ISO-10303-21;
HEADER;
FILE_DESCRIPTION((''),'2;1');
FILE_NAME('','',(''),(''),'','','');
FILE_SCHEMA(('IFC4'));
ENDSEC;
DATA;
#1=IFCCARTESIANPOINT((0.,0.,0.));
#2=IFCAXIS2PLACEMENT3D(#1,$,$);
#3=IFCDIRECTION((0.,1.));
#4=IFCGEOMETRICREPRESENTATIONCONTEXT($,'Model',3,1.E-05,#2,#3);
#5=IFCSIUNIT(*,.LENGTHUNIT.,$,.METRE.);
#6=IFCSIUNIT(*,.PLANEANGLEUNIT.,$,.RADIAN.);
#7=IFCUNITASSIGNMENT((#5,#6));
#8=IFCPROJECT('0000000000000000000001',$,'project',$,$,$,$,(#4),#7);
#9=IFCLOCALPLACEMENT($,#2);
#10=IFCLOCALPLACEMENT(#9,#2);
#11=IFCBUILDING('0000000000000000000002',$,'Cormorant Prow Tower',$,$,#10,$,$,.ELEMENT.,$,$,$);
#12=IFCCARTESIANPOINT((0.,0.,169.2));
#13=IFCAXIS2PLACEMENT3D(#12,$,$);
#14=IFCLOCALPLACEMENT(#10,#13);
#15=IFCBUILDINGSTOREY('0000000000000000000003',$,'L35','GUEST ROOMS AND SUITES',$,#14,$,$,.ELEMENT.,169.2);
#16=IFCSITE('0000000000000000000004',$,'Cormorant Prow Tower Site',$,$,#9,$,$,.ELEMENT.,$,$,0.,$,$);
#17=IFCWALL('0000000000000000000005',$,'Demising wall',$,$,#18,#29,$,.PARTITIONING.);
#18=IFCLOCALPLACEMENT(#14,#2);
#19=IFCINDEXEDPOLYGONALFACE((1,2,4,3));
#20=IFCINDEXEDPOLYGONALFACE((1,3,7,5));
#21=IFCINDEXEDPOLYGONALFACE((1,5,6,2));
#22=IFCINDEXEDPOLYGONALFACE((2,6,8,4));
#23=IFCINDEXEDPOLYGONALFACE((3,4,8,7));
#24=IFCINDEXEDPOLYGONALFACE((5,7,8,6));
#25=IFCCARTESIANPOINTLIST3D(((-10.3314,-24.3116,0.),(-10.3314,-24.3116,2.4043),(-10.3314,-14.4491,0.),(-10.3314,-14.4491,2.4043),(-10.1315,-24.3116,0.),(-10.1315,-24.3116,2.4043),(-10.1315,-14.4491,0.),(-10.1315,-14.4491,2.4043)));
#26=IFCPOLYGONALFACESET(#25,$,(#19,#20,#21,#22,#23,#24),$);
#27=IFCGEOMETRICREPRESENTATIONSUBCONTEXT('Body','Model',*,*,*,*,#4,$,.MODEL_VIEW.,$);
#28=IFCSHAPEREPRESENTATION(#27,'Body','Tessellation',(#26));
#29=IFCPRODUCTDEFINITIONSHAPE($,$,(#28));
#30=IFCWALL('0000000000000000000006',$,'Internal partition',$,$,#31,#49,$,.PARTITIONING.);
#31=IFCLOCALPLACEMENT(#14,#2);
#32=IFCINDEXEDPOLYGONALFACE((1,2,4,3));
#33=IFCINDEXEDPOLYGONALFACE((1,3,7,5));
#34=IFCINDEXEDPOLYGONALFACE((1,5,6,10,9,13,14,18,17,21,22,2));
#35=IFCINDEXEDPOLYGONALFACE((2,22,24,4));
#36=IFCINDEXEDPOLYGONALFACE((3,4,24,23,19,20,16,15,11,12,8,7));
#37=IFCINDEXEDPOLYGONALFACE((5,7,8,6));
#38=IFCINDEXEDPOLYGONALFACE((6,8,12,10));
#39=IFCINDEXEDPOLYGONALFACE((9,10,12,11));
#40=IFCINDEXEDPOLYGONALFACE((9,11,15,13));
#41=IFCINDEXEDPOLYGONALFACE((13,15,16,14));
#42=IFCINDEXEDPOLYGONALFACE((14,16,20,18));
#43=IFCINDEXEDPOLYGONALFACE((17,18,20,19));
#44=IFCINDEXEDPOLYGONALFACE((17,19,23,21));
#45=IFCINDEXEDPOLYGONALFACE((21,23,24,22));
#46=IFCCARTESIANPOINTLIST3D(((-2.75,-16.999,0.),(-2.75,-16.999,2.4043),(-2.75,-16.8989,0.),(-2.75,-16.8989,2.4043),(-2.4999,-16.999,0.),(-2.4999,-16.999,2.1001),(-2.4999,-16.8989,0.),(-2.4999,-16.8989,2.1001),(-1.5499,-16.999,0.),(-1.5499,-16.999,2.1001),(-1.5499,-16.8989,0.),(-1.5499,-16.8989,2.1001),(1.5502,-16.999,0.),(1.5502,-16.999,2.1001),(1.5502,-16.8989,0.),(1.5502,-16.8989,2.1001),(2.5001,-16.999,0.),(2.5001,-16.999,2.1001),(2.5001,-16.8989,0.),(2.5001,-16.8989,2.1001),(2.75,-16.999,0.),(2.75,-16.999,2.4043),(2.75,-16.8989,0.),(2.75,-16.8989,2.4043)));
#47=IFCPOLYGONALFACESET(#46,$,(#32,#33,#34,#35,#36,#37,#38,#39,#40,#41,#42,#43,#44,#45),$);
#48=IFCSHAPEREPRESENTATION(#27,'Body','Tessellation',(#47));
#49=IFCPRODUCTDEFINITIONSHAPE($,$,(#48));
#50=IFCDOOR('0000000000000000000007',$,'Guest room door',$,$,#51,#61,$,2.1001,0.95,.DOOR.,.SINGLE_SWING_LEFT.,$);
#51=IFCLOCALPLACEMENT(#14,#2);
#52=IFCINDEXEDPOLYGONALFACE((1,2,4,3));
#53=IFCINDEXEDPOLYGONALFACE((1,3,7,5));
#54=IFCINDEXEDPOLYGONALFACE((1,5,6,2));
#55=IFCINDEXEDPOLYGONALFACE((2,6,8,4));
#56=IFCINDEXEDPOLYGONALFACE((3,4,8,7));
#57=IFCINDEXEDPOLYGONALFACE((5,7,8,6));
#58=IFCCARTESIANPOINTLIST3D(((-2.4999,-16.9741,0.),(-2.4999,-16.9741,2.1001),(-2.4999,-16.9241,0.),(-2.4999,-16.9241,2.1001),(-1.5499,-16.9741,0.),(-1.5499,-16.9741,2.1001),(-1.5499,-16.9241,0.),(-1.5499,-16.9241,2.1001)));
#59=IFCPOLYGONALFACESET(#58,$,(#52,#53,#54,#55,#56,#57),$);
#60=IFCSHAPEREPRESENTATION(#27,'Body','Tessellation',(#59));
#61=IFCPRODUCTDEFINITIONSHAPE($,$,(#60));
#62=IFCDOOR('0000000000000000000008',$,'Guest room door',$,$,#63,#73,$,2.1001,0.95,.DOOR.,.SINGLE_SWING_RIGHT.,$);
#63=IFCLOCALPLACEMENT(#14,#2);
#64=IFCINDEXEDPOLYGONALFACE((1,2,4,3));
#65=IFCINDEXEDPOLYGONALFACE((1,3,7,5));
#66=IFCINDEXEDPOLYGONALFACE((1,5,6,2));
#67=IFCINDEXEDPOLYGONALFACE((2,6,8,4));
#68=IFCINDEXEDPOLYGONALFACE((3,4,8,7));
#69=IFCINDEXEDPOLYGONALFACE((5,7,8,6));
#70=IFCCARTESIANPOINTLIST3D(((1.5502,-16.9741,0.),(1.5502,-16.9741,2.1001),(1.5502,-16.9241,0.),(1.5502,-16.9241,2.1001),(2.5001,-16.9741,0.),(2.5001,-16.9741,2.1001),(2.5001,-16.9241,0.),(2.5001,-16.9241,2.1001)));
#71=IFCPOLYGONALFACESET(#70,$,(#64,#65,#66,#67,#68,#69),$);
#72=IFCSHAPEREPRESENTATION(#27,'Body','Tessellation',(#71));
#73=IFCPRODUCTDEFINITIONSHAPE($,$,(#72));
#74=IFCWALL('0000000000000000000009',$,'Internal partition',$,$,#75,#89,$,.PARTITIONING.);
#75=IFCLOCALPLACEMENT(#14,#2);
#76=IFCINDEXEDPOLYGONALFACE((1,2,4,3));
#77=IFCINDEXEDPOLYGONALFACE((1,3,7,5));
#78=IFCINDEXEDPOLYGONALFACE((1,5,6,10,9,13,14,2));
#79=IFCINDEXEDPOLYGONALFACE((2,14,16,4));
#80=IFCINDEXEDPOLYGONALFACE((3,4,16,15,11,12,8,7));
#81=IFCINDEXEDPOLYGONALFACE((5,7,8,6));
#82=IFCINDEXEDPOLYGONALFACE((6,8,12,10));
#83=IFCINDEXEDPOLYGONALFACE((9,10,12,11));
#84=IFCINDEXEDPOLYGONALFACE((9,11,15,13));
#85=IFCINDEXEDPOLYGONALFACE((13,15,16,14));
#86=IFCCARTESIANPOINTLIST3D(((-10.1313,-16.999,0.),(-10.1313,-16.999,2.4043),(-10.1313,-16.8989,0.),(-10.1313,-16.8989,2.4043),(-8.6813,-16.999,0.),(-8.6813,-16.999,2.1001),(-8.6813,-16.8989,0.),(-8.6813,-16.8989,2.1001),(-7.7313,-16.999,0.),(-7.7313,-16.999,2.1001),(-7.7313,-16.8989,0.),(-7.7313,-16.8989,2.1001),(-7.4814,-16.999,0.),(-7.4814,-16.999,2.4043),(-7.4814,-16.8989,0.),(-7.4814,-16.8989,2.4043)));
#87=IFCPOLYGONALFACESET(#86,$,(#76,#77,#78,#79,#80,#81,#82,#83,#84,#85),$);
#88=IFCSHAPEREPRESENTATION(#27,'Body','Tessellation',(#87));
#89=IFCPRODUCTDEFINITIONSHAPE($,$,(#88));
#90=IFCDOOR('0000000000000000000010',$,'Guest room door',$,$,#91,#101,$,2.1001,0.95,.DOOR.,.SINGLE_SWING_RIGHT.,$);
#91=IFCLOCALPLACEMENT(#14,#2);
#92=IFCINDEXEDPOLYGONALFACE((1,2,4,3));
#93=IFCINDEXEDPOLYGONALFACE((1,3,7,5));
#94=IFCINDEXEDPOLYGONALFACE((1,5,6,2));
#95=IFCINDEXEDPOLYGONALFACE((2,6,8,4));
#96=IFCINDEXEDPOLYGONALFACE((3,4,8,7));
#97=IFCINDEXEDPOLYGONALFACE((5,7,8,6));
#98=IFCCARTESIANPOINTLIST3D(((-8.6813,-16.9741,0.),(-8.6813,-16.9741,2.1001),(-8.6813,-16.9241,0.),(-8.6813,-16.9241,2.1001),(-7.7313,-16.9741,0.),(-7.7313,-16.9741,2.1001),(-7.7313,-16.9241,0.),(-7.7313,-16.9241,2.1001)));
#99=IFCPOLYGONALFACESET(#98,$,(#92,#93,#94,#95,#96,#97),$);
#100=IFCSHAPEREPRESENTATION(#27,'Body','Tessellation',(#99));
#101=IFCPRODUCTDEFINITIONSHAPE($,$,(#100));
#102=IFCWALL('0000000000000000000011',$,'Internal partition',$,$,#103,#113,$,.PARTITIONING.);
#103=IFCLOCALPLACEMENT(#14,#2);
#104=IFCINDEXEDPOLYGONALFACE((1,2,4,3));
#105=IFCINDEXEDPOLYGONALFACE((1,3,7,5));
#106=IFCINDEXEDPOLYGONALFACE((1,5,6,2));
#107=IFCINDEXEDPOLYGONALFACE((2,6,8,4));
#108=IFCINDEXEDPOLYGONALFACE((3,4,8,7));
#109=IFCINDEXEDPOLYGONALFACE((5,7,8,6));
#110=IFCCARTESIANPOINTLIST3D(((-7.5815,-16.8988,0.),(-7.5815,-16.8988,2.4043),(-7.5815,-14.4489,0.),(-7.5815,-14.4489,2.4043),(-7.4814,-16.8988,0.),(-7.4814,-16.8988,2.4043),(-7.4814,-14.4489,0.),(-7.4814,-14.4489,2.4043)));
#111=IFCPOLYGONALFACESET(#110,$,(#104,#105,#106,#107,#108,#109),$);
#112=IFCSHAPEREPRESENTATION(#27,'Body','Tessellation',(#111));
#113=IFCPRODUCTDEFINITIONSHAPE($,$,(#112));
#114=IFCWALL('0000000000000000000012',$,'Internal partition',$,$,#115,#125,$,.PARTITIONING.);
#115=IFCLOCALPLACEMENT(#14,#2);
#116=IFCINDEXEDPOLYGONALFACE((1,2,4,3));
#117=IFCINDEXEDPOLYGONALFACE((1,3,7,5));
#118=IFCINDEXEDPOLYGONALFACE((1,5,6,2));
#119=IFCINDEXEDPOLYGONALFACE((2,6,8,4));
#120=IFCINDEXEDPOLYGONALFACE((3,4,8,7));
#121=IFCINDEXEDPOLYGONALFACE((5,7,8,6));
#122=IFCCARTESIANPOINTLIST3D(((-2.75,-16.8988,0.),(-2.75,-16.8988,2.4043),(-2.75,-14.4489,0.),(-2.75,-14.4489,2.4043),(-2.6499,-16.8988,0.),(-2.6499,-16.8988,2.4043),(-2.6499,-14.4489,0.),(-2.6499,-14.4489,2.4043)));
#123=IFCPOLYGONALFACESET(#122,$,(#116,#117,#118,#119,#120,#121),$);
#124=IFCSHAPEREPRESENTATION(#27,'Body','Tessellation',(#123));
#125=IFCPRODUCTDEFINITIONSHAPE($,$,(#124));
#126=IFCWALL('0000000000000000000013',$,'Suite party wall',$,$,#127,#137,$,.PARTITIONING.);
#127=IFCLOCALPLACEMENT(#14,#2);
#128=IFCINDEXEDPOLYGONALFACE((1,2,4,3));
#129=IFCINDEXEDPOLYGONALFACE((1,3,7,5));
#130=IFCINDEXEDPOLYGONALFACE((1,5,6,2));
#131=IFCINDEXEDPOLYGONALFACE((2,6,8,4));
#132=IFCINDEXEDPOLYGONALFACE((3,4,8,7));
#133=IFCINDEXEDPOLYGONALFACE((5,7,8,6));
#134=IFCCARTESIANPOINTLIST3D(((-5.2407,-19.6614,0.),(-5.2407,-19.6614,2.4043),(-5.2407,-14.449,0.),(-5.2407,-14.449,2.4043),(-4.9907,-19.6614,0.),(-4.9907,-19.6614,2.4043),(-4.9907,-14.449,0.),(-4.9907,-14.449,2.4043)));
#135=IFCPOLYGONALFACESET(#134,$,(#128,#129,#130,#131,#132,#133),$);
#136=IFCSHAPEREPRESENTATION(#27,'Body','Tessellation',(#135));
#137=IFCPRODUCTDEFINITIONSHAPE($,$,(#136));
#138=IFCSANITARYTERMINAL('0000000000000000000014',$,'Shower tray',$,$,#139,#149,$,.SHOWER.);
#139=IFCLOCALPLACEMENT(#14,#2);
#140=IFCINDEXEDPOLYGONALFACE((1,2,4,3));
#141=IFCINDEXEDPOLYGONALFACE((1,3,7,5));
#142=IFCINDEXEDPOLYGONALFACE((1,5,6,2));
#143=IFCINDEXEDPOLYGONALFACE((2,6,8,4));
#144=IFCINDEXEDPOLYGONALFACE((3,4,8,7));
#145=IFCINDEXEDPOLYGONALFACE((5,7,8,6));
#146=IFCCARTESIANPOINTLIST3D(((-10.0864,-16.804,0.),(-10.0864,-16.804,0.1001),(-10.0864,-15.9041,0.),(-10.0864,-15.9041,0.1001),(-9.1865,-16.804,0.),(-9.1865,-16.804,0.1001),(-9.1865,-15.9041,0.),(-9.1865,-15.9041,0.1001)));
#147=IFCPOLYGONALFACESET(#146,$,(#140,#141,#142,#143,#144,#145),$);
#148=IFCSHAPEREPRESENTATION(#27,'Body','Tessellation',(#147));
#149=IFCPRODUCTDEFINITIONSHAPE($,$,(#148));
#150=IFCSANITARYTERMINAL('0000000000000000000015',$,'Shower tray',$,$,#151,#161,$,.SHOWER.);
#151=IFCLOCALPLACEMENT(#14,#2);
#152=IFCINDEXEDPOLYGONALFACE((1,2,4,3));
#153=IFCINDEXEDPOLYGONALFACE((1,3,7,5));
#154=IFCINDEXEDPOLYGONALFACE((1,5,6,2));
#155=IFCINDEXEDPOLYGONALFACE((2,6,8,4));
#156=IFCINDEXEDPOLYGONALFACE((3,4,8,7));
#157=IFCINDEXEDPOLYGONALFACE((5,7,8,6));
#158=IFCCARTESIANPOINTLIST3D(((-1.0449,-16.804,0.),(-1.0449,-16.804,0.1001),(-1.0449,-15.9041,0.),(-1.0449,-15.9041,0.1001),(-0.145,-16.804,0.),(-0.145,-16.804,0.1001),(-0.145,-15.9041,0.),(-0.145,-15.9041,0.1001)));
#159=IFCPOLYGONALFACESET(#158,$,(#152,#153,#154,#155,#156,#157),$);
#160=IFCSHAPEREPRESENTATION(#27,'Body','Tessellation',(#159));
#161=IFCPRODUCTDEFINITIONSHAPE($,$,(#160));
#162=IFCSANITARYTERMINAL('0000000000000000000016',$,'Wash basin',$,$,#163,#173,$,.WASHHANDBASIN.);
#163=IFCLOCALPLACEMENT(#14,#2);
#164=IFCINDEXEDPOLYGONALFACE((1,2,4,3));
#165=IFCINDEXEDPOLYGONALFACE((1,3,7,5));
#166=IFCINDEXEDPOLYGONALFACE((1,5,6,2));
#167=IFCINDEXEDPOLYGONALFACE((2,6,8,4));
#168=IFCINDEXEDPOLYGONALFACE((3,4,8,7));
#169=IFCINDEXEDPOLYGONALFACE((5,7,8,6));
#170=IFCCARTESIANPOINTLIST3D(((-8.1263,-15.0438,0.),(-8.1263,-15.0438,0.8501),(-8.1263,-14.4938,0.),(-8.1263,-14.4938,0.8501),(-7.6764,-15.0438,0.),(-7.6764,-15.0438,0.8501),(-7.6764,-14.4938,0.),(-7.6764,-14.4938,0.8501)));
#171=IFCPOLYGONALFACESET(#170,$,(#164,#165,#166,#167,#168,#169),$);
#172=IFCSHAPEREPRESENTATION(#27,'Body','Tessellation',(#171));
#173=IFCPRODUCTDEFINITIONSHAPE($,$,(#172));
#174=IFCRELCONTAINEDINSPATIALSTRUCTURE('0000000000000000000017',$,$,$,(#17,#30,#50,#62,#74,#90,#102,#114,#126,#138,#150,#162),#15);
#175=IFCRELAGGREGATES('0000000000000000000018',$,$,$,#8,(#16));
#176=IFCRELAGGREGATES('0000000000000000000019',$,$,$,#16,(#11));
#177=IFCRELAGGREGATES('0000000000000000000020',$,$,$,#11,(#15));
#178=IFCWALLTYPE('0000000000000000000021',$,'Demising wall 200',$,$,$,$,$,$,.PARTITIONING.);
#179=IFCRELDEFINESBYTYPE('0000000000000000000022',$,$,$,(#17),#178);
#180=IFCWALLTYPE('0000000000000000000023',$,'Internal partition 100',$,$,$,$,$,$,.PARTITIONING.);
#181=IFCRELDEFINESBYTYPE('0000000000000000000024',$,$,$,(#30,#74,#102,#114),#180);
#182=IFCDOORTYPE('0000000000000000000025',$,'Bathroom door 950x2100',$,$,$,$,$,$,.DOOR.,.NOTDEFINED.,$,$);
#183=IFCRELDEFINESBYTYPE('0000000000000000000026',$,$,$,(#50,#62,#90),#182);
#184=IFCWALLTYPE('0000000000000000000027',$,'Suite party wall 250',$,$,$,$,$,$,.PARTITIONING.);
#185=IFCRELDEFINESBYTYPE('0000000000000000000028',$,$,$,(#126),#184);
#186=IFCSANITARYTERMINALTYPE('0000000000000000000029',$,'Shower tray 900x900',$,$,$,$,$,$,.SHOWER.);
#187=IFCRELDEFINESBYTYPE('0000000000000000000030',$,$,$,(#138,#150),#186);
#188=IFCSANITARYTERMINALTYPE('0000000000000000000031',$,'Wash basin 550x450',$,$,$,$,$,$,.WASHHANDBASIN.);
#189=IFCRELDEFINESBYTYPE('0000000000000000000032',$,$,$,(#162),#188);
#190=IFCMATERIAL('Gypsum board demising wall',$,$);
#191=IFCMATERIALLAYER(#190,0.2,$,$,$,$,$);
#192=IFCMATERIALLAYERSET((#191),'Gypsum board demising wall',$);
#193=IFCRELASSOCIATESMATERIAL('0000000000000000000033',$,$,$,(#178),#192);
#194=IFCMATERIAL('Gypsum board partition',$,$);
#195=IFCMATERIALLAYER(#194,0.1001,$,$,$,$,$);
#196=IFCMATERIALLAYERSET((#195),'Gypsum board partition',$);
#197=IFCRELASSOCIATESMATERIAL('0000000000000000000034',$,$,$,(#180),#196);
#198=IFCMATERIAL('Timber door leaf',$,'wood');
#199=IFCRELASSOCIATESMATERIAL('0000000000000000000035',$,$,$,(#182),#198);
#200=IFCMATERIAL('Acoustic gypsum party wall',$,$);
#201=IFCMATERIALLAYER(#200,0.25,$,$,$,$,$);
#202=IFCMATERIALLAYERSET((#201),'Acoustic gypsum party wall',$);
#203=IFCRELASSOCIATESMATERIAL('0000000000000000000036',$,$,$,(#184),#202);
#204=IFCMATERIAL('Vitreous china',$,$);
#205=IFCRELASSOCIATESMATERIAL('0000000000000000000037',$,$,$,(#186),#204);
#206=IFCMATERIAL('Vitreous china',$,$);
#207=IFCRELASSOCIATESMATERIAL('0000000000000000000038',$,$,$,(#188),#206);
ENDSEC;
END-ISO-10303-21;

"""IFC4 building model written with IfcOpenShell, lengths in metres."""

from ifc_helpers import new_model, si_unit, direction, frame, frame_2d, origin, origin_2d, place, context, subcontext, project, spatial, rectangle, extrude, material, layer, layer_set, type_object, element, fill, save


model = new_model("IFC4")

# Units and contexts
model_context = context("Model", 3, precision=1e-05, world=origin(), true_north=direction((0.0, 1.0)))
body_context = subcontext(model_context, "Body", "Model", "MODEL_VIEW")
ifc_project = project(units=[si_unit("LENGTHUNIT", "METRE"), si_unit("PLANEANGLEUNIT", "RADIAN")], contexts=[model_context])

# Site, building, storey
site_placement = place(None, origin())
site = spatial("IfcSite", under=ifc_project, at=site_placement, Name="Cormorant Prow Tower Site", CompositionType="ELEMENT", RefElevation=0.0)
building_placement = place(site_placement, origin())
building = spatial("IfcBuilding", under=site, at=building_placement, Name="Cormorant Prow Tower", CompositionType="ELEMENT")
storey_placement = place(building_placement, frame((0.0, 0.0, 169.2)))
storey = spatial("IfcBuildingStorey", under=building, at=storey_placement, Name="L35", Description="GUEST ROOMS AND SUITES", CompositionType="ELEMENT", Elevation=169.2)

# Wall
ifc_material_1 = material(Name="Gypsum board demising wall")
ifc_layer_1 = layer(ifc_material_1, 0.2)
ifc_layer_set_1 = layer_set([ifc_layer_1], Name="Gypsum board demising wall")
wall_type_1 = type_object("IfcWallType", Name="Demising wall 200", PredefinedType="PARTITIONING", material=ifc_layer_set_1)
wall_1_placement = place(storey_placement, frame((-10.2314, -24.3115, 0.0), z_axis=(0.0, 0.0, 1.0), x_axis=(0.0, 1.0, 0.0)))
element("IfcWall", 1, at=wall_1_placement, inside=storey, type_object=wall_type_1, Name="Demising wall", PredefinedType="PARTITIONING", context=body_context, shape_type="SweptSolid", body=[
    extrude(rectangle(XDim=9.8625, YDim=0.2, at=frame_2d((4.9312, 0.0))), origin(), (0.0, 0.0, 1.0), 2.4043),
])

# Wall, openings, doors
ifc_material_2 = material(Name="Gypsum board partition")
ifc_layer_2 = layer(ifc_material_2, 0.1001)
ifc_layer_set_2 = layer_set([ifc_layer_2], Name="Gypsum board partition")
wall_type_2 = type_object("IfcWallType", Name="Internal partition 100", PredefinedType="PARTITIONING", material=ifc_layer_set_2)
wall_2_placement = place(storey_placement, frame((-2.75, -16.949, 0.0), z_axis=(0.0, 0.0, 1.0), x_axis=(1.0, 0.0, 0.0)))
wall_2 = element("IfcWall", 2, at=wall_2_placement, inside=storey, type_object=wall_type_2, Name="Internal partition", PredefinedType="PARTITIONING", context=body_context, shape_type="SweptSolid", body=[
    extrude(rectangle(XDim=5.5, YDim=0.1001, at=frame_2d((2.75, 0.0))), origin(), (0.0, 0.0, 1.0), 2.4043),
])
opening_1_placement = place(wall_2_placement, frame((0.25, 0.0, 0.0)))
opening_1 = element("IfcOpeningElement", 3, at=opening_1_placement, cuts=wall_2, PredefinedType="OPENING", context=body_context, shape_type="SweptSolid", body=[
    extrude(rectangle(XDim=0.95, YDim=2.1001, at=frame_2d((0.4751, 1.05))), frame((0.0, 0.0601, 0.0), z_axis=(0.0, -1.0, 0.0), x_axis=(1.0, 0.0, 0.0)), (0.0, 0.0, 1.0), 0.1201),
])
opening_2_placement = place(wall_2_placement, frame((4.3, 0.0, 0.0)))
opening_2 = element("IfcOpeningElement", 4, at=opening_2_placement, cuts=wall_2, PredefinedType="OPENING", context=body_context, shape_type="SweptSolid", body=[
    extrude(rectangle(XDim=0.95, YDim=2.1001, at=frame_2d((0.4751, 1.05))), frame((0.0, 0.0601, 0.0), z_axis=(0.0, -1.0, 0.0), x_axis=(1.0, 0.0, 0.0)), (0.0, 0.0, 1.0), 0.1201),
])
ifc_material_3 = material(Name="Timber door leaf", Category="wood")
door_type_1 = type_object("IfcDoorType", Name="Bathroom door 950x2100", OperationType="NOTDEFINED", PredefinedType="DOOR", material=ifc_material_3)
door_1_placement = place(opening_1_placement, origin())
door_1 = element("IfcDoor", 5, at=door_1_placement, inside=storey, type_object=door_type_1, Name="Guest room door", OperationType="SINGLE_SWING_LEFT", OverallHeight=2.1001, OverallWidth=0.95, PredefinedType="DOOR", context=body_context, shape_type="SweptSolid", body=[
    extrude(rectangle(XDim=0.95, YDim=2.1001, at=frame_2d((0.4751, 1.05))), frame((0.0, 0.0249, 0.0), z_axis=(0.0, -1.0, 0.0), x_axis=(1.0, 0.0, 0.0)), (0.0, 0.0, 1.0), 0.05),
])
fill(opening_1, door_1)
door_2_placement = place(opening_2_placement, origin())
door_2 = element("IfcDoor", 6, at=door_2_placement, inside=storey, type_object=door_type_1, Name="Guest room door", OperationType="SINGLE_SWING_RIGHT", OverallHeight=2.1001, OverallWidth=0.95, PredefinedType="DOOR", context=body_context, shape_type="SweptSolid", body=[
    extrude(rectangle(XDim=0.95, YDim=2.1001, at=frame_2d((0.4751, 1.05))), frame((0.0, 0.0249, 0.0), z_axis=(0.0, -1.0, 0.0), x_axis=(1.0, 0.0, 0.0)), (0.0, 0.0, 1.0), 0.05),
])
fill(opening_2, door_2)

# Wall, opening, door
wall_3_placement = place(storey_placement, frame((-10.1313, -16.949, 0.0), z_axis=(0.0, 0.0, 1.0), x_axis=(1.0, 0.0, 0.0)))
wall_3 = element("IfcWall", 7, at=wall_3_placement, inside=storey, type_object=wall_type_2, Name="Internal partition", PredefinedType="PARTITIONING", context=body_context, shape_type="SweptSolid", body=[
    extrude(rectangle(XDim=2.6499, YDim=0.1001, at=frame_2d((1.325, 0.0))), origin(), (0.0, 0.0, 1.0), 2.4043),
])
opening_3_placement = place(wall_3_placement, frame((1.45, 0.0, 0.0)))
opening_3 = element("IfcOpeningElement", 8, at=opening_3_placement, cuts=wall_3, PredefinedType="OPENING", context=body_context, shape_type="SweptSolid", body=[
    extrude(rectangle(XDim=0.95, YDim=2.1001, at=frame_2d((0.4751, 1.05))), frame((0.0, 0.0601, 0.0), z_axis=(0.0, -1.0, 0.0), x_axis=(1.0, 0.0, 0.0)), (0.0, 0.0, 1.0), 0.1201),
])
door_3_placement = place(opening_3_placement, origin())
door_3 = element("IfcDoor", 9, at=door_3_placement, inside=storey, type_object=door_type_1, Name="Guest room door", OperationType="SINGLE_SWING_RIGHT", OverallHeight=2.1001, OverallWidth=0.95, PredefinedType="DOOR", context=body_context, shape_type="SweptSolid", body=[
    extrude(rectangle(XDim=0.95, YDim=2.1001, at=frame_2d((0.4751, 1.05))), frame((0.0, 0.0249, 0.0), z_axis=(0.0, -1.0, 0.0), x_axis=(1.0, 0.0, 0.0)), (0.0, 0.0, 1.0), 0.05),
])
fill(opening_3, door_3)

# Walls
for number, where, z_axis, x_axis, name in (
    (10, (-7.5315, -16.8989, 0.0), (0.0, 0.0, 1.0), (0.0, 1.0, 0.0), "Internal partition"),
    (11, (-2.7, -16.8989, 0.0), (0.0, 0.0, 1.0), (0.0, 1.0, 0.0), "Internal partition"),
):
    element("IfcWall", number, at=place(storey_placement, frame(where, z_axis=z_axis, x_axis=x_axis)), inside=storey, type_object=wall_type_2, Name=name, PredefinedType="PARTITIONING", context=body_context, shape_type="SweptSolid", body=[
        extrude(rectangle(XDim=2.45, YDim=0.1001, at=frame_2d((1.2251, 0.0))), origin(), (0.0, 0.0, 1.0), 2.4043),
    ])
ifc_material_4 = material(Name="Acoustic gypsum party wall")
ifc_layer_3 = layer(ifc_material_4, 0.25)
ifc_layer_set_3 = layer_set([ifc_layer_3], Name="Acoustic gypsum party wall")
wall_type_3 = type_object("IfcWallType", Name="Suite party wall 250", PredefinedType="PARTITIONING", material=ifc_layer_set_3)
wall_4_placement = place(storey_placement, frame((-5.1157, -19.6614, 0.0), z_axis=(0.0, 0.0, 1.0), x_axis=(0.0, 1.0, 0.0)))
element("IfcWall", 12, at=wall_4_placement, inside=storey, type_object=wall_type_3, Name="Suite party wall", PredefinedType="PARTITIONING", context=body_context, shape_type="SweptSolid", body=[
    extrude(rectangle(XDim=5.2124, YDim=0.25, at=frame_2d((2.6062, 0.0))), origin(), (0.0, 0.0, 1.0), 2.4043),
])

# Sanitary terminals
ifc_material_5 = material(Name="Vitreous china")
sanitary_terminal_type_1 = type_object("IfcSanitaryTerminalType", Name="Shower tray 900x900", PredefinedType="SHOWER", material=ifc_material_5)
for number, where, z_axis, x_axis, name in (
    (13, (-9.6365, -16.354, 0.0), (0.0, 0.0, 1.0), (0.0, 1.0, 0.0), "Shower tray"),
    (14, (-0.595, -16.354, 0.0), (0.0, 0.0, 1.0), (-1.0, 0.0, 0.0), "Shower tray"),
):
    element("IfcSanitaryTerminal", number, at=place(storey_placement, frame(where, z_axis=z_axis, x_axis=x_axis)), inside=storey, type_object=sanitary_terminal_type_1, Name=name, PredefinedType="SHOWER", context=body_context, shape_type="SweptSolid", body=[
        extrude(rectangle(XDim=0.8999, YDim=0.8999, at=origin_2d()), origin(), (0.0, 0.0, 1.0), 0.1001),
    ])
ifc_material_6 = material(Name="Vitreous china")
sanitary_terminal_type_2 = type_object("IfcSanitaryTerminalType", Name="Wash basin 550x450", PredefinedType="WASHHANDBASIN", material=ifc_material_6)
sanitary_terminal_1_placement = place(storey_placement, frame((-7.9014, -14.7688, 0.0), z_axis=(0.0, 0.0, 1.0), x_axis=(0.0, -1.0, 0.0)))
element("IfcSanitaryTerminal", 15, at=sanitary_terminal_1_placement, inside=storey, type_object=sanitary_terminal_type_2, Name="Wash basin", PredefinedType="WASHHANDBASIN", context=body_context, shape_type="SweptSolid", body=[
    extrude(rectangle(XDim=0.55, YDim=0.45, at=origin_2d()), origin(), (0.0, 0.0, 1.0), 0.8501),
])

save(model, "model.ifc")
